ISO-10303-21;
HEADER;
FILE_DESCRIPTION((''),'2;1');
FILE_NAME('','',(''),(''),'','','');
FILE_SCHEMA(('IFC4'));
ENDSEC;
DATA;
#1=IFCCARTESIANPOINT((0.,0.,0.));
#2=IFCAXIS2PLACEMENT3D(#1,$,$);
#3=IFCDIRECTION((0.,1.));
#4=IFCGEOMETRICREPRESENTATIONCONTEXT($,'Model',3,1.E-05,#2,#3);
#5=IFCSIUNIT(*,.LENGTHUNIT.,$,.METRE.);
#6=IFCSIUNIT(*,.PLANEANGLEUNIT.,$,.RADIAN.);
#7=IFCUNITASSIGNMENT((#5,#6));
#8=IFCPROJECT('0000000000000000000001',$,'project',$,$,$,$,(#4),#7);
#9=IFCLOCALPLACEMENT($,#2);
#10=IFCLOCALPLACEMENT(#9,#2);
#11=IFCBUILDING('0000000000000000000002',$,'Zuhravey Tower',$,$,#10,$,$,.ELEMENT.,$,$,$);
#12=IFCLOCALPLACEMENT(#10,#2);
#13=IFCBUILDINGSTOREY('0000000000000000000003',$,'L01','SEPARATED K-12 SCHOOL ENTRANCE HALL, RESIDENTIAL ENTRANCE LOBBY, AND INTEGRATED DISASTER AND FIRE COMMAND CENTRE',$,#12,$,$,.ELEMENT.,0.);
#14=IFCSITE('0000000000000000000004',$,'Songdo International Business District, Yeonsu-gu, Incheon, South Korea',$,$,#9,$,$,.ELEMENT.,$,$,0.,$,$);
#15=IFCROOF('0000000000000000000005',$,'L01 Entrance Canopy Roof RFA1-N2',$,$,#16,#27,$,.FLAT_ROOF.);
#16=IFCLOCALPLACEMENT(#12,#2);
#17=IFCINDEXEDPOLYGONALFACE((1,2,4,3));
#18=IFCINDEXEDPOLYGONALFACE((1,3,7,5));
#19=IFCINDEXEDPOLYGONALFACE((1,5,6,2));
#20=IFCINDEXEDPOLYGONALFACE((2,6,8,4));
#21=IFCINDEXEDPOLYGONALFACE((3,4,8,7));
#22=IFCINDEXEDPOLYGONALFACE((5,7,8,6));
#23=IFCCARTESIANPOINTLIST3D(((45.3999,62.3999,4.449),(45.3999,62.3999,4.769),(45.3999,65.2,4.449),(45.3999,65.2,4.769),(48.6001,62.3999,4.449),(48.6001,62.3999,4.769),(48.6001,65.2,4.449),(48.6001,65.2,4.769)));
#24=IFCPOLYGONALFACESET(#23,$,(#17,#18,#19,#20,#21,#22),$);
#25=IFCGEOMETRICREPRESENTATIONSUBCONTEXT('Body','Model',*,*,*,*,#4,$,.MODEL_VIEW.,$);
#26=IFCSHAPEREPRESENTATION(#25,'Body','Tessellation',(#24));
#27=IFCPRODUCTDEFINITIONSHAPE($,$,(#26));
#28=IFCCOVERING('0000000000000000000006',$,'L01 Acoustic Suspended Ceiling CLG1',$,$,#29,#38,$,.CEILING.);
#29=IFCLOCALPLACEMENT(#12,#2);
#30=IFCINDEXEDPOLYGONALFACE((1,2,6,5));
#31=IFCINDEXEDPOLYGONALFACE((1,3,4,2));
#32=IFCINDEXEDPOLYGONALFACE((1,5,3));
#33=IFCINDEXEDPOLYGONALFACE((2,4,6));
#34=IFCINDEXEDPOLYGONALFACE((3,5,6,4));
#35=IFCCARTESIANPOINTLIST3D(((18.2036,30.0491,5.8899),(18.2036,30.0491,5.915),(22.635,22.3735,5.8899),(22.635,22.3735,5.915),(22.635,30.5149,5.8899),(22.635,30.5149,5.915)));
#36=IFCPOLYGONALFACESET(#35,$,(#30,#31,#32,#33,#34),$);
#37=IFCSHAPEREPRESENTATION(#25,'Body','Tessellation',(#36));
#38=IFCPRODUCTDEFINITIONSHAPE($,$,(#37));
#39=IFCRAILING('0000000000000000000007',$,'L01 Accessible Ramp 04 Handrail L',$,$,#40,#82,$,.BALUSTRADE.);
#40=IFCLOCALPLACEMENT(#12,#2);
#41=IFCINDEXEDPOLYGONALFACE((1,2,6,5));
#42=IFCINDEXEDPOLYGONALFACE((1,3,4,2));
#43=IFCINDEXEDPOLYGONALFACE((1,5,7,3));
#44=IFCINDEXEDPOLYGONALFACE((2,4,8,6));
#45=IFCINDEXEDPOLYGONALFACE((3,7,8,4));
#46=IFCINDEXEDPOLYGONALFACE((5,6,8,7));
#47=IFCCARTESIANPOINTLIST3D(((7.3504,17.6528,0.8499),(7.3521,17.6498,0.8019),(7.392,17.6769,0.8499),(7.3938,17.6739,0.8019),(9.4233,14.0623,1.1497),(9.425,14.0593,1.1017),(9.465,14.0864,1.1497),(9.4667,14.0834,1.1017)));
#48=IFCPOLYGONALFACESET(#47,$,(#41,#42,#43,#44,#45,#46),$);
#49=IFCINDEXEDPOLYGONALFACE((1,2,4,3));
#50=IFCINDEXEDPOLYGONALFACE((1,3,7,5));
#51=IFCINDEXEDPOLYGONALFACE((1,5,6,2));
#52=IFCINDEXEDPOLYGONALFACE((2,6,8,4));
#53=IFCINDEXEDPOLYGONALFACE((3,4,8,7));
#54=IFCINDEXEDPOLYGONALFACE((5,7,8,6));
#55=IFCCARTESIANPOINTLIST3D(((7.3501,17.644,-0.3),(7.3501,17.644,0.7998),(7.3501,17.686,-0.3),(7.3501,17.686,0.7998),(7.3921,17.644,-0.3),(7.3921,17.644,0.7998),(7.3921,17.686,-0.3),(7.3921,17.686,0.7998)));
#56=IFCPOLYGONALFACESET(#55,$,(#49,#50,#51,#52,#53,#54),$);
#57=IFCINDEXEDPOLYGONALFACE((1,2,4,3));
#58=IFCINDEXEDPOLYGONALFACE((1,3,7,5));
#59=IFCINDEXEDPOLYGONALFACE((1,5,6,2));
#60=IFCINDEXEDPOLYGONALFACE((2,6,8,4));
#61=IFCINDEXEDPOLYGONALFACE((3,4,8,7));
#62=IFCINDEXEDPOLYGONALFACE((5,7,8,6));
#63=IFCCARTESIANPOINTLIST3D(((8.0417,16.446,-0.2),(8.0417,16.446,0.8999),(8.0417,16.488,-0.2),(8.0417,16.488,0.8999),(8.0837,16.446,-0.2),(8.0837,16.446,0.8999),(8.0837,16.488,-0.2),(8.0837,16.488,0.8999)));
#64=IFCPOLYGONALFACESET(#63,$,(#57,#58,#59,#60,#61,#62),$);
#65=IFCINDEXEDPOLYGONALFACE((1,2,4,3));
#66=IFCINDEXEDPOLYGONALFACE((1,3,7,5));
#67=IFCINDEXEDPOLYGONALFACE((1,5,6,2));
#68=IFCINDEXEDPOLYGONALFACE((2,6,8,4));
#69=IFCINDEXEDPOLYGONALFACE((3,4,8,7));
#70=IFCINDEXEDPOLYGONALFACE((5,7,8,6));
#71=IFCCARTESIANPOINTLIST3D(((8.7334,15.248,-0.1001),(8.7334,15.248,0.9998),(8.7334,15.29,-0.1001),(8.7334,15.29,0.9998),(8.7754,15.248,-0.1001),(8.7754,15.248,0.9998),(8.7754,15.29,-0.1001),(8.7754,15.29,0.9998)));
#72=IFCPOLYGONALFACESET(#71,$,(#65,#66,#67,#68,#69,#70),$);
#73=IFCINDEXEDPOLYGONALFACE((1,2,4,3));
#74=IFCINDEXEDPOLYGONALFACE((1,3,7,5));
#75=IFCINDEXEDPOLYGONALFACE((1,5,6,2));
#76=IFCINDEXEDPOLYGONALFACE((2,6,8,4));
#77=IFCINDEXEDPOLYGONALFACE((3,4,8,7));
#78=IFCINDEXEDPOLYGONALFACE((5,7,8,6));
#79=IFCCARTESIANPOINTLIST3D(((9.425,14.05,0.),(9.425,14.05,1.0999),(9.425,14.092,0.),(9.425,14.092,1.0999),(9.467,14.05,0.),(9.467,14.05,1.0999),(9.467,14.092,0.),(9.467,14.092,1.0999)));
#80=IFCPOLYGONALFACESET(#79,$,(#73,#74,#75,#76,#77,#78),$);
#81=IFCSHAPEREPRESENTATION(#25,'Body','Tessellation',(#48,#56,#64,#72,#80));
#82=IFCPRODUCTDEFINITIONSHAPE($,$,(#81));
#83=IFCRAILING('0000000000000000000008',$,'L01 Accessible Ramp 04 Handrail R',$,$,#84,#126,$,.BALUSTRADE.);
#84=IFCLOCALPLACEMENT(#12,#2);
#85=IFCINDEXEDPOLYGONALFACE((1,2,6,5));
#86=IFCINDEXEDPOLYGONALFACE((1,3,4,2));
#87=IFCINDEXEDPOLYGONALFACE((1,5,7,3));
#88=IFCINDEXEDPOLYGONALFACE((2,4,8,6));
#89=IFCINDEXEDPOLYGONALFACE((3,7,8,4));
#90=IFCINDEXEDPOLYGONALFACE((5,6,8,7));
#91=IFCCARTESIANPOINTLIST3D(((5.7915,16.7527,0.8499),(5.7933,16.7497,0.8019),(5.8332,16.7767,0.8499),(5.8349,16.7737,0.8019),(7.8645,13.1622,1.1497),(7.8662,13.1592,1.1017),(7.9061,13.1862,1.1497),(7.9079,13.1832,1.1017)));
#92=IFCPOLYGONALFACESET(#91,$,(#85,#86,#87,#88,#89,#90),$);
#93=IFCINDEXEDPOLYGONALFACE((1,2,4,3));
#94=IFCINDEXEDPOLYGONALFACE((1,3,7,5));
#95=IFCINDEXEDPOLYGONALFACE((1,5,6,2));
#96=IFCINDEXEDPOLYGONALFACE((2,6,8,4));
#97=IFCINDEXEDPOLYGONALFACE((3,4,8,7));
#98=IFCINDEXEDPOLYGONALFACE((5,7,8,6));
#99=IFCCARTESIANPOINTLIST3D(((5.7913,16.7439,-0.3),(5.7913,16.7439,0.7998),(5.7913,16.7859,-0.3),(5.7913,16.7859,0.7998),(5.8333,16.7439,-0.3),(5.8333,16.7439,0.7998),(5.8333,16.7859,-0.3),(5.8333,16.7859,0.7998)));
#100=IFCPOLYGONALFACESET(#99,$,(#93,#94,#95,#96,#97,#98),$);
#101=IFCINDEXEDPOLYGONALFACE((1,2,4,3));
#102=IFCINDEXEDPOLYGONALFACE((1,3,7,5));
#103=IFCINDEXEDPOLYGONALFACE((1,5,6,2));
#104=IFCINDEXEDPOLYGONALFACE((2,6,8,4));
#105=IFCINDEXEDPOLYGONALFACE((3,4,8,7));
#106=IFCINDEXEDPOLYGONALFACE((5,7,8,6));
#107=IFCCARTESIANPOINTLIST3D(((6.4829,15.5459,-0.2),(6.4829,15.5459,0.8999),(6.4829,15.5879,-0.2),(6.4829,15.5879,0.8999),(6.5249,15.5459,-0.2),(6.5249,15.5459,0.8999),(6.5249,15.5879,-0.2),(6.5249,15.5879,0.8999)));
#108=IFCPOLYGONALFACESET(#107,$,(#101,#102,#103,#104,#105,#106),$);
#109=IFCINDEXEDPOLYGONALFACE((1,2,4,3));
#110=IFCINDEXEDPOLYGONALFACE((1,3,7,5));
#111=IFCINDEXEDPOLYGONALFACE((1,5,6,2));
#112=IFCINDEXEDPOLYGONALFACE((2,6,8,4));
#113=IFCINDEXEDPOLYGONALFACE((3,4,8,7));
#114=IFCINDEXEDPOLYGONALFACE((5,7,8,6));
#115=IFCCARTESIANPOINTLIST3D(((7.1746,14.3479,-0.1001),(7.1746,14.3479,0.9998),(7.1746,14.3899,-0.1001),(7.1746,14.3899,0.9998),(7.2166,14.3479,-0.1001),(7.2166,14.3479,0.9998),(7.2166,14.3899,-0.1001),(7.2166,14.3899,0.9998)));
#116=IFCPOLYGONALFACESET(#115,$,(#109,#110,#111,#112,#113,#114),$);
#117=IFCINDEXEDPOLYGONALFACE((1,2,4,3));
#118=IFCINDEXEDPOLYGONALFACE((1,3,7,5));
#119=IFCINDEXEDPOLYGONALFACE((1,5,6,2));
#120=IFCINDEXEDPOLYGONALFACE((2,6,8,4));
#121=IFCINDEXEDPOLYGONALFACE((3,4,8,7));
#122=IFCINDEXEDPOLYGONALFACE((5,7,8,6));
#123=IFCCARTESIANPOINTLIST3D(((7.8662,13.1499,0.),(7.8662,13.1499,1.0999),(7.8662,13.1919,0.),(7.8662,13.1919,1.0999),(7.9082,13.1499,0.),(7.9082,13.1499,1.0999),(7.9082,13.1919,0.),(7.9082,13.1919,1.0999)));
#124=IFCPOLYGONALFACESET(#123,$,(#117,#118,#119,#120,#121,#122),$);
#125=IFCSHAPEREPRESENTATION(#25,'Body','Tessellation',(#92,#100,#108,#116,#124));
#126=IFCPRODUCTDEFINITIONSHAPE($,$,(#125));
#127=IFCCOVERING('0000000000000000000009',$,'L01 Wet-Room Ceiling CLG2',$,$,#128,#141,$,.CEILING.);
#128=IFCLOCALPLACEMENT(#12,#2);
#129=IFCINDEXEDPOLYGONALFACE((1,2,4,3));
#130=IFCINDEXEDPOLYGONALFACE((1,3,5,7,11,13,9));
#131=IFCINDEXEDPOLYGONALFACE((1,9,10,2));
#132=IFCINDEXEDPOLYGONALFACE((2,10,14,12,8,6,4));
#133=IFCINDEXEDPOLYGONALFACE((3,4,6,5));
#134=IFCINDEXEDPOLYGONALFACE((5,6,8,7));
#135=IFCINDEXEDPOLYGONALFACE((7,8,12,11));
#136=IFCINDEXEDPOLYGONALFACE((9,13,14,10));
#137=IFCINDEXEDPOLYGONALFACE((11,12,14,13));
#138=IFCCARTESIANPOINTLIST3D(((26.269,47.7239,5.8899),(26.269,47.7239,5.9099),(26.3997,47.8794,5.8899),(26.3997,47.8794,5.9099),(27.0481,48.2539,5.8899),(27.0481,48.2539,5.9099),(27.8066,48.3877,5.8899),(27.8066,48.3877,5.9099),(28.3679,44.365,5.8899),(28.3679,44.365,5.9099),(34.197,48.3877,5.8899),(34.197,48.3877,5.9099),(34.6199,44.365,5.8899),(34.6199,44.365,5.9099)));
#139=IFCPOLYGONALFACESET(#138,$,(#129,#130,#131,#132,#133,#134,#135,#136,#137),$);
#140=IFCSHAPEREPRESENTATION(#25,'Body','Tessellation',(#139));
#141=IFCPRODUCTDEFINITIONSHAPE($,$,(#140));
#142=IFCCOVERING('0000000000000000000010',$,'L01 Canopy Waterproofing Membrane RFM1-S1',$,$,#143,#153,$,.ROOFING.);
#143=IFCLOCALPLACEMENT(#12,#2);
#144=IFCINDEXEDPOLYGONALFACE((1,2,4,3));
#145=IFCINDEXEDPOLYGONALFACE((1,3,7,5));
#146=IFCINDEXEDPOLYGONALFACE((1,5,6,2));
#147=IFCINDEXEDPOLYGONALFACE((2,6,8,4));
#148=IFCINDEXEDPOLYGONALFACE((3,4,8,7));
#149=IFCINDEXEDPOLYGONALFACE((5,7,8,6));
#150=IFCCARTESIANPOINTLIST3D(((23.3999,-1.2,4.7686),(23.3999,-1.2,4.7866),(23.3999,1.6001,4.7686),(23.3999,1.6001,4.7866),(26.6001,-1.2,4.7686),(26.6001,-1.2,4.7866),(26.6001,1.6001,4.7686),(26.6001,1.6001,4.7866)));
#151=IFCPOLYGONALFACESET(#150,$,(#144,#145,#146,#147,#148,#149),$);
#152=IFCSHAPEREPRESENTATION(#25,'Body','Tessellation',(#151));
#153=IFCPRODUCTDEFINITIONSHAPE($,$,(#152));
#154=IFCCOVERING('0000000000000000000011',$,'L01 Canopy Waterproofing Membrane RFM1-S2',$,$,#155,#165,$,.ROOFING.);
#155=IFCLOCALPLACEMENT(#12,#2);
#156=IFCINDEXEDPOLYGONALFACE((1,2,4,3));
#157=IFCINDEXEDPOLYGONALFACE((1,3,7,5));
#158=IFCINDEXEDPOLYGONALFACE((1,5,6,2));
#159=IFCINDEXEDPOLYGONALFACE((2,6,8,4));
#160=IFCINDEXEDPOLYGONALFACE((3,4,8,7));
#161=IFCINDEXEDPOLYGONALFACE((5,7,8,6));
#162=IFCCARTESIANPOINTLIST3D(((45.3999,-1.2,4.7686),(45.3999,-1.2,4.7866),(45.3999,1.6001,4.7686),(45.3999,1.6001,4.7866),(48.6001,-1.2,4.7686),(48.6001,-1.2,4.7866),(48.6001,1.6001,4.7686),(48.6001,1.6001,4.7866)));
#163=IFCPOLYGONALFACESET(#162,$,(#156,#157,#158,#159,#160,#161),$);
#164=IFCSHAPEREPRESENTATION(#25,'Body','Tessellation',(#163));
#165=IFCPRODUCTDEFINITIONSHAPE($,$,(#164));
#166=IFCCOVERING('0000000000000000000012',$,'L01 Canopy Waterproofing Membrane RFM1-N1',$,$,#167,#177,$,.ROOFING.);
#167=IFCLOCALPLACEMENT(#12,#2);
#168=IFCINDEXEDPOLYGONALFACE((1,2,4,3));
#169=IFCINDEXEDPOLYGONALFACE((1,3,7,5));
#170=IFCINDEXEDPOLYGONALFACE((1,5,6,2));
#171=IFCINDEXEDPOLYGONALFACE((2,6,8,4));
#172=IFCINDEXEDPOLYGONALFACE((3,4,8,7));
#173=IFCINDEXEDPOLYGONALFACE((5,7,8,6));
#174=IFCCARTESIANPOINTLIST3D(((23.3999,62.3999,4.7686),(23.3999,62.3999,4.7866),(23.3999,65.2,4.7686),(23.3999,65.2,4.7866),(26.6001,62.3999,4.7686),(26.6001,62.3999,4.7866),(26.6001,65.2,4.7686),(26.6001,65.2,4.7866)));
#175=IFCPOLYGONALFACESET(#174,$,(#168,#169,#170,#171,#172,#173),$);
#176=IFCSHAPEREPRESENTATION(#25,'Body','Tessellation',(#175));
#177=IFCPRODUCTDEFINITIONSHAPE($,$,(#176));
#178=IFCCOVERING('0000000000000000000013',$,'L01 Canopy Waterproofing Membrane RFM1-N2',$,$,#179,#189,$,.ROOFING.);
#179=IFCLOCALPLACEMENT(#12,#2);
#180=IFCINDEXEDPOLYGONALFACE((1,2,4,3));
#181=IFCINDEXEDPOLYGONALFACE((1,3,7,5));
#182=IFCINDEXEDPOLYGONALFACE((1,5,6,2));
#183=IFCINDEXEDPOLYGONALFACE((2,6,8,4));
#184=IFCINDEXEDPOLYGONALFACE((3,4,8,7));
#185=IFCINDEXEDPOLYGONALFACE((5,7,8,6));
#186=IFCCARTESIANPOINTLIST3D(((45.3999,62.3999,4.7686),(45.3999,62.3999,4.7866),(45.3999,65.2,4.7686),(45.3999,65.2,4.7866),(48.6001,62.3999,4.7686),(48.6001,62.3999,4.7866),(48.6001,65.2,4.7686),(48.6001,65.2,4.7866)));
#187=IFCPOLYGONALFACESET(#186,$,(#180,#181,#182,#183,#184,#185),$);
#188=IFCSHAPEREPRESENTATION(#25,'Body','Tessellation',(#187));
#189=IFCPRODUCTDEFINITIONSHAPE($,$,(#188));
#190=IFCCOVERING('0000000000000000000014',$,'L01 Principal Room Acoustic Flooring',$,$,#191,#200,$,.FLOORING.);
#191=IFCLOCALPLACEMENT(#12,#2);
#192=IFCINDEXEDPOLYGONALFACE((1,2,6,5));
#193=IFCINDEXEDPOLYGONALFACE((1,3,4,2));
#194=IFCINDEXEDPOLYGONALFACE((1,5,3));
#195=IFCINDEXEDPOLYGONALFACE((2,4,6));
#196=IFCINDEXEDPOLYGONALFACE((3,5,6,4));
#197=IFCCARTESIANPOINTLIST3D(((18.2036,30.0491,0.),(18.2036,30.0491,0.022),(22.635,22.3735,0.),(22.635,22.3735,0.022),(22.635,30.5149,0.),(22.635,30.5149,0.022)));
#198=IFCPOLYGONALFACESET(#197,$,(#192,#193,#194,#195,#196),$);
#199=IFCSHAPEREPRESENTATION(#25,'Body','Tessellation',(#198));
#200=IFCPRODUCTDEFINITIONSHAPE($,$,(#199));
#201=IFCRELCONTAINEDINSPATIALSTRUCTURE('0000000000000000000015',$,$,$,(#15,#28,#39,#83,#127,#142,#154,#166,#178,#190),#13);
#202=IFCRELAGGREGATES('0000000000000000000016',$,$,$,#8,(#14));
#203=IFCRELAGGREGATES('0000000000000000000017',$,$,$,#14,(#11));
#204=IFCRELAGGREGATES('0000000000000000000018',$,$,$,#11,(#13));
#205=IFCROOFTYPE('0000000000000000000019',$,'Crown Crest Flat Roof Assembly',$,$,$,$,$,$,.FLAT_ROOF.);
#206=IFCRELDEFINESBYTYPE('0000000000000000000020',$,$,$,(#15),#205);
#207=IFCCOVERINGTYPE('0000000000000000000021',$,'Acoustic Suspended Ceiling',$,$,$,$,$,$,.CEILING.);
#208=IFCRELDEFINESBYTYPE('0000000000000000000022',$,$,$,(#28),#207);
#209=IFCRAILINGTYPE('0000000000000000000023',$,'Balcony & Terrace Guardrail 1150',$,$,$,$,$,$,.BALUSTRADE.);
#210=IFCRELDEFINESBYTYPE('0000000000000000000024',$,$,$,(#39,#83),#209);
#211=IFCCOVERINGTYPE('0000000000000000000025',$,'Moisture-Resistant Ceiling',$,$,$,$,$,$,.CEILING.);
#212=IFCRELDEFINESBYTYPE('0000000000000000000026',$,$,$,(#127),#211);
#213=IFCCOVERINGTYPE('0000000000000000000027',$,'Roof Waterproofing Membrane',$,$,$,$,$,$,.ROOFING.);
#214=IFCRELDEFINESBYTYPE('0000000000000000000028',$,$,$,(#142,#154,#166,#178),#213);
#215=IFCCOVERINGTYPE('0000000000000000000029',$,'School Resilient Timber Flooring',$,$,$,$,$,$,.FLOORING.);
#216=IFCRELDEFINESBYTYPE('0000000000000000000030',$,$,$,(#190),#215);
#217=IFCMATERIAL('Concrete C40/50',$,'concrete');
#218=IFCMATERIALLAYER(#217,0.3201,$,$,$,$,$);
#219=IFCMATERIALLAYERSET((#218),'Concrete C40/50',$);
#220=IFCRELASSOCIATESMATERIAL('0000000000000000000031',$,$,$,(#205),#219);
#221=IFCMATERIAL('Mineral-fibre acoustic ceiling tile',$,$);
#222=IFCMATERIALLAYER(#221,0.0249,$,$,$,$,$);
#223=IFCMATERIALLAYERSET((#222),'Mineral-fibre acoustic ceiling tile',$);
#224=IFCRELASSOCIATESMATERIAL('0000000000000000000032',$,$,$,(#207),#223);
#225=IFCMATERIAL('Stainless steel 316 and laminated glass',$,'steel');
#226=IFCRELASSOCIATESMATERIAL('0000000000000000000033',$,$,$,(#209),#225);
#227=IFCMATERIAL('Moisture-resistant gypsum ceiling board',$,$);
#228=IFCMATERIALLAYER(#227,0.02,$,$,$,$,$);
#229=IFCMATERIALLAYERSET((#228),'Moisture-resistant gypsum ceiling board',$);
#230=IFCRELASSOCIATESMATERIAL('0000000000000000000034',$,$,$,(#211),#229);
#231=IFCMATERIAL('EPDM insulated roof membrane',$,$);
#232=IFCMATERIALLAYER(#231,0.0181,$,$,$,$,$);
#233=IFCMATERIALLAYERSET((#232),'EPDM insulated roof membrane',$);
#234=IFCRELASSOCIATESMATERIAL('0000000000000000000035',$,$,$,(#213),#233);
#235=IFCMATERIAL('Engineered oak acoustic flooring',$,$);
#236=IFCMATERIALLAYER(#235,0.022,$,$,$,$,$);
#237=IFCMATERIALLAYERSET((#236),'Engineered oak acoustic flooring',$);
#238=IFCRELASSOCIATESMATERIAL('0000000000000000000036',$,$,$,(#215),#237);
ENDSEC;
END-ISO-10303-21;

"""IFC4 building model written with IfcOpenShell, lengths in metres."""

from ifc_helpers import new_model, si_unit, direction, frame, origin, origin_2d, place, context, subcontext, project, spatial, polyline, rectangle, outline, extrude, material, layer, layer_set, type_object, element, save


model = new_model("IFC4")

# Units and contexts
model_context = context("Model", 3, precision=1e-05, world=origin(), true_north=direction((0.0, 1.0)))
body_context = subcontext(model_context, "Body", "Model", "MODEL_VIEW")
ifc_project = project(units=[si_unit("LENGTHUNIT", "METRE"), si_unit("PLANEANGLEUNIT", "RADIAN")], contexts=[model_context])

# Site, building, storey
site_placement = place(None, origin())
site = spatial("IfcSite", under=ifc_project, at=site_placement, Name="Songdo International Business District, Yeonsu-gu, Incheon, South Korea", CompositionType="ELEMENT", RefElevation=0.0)
building_placement = place(site_placement, origin())
building = spatial("IfcBuilding", under=site, at=building_placement, Name="Zuhravey Tower", CompositionType="ELEMENT")
storey_placement = place(building_placement, origin())
storey = spatial("IfcBuildingStorey", under=building, at=storey_placement, Name="L01", Description="SEPARATED K-12 SCHOOL ENTRANCE HALL, RESIDENTIAL ENTRANCE LOBBY, AND INTEGRATED DISASTER AND FIRE COMMAND CENTRE", CompositionType="ELEMENT", Elevation=0.0)

# Shared definitions
ifc_material_1 = material(Name="Concrete C40/50", Category="concrete")

# Roof
ifc_layer_1 = layer(ifc_material_1, 0.3201)
ifc_layer_set_1 = layer_set([ifc_layer_1], Name="Concrete C40/50")
roof_type = type_object("IfcRoofType", Name="Crown Crest Flat Roof Assembly", PredefinedType="FLAT_ROOF", material=ifc_layer_set_1)
roof_1_placement = place(storey_placement, frame((0.0, 0.0, 4.449)))
element("IfcRoof", 1, at=roof_1_placement, inside=storey, type_object=roof_type, Name="L01 Entrance Canopy Roof RFA1-N2", PredefinedType="FLAT_ROOF", context=body_context, shape_type="SweptSolid", body=[
    extrude(outline(polyline([(45.3999, 62.3999), (48.6001, 62.3999), (48.6001, 65.2), (45.3999, 65.2), (45.3999, 62.3999)])), origin(), (0.0, 0.0, 1.0), 0.3201),
])

# Covering
ifc_material_2 = material(Name="Mineral-fibre acoustic ceiling tile")
ifc_layer_2 = layer(ifc_material_2, 0.0249)
ifc_layer_set_2 = layer_set([ifc_layer_2], Name="Mineral-fibre acoustic ceiling tile")
covering_type_1 = type_object("IfcCoveringType", Name="Acoustic Suspended Ceiling", PredefinedType="CEILING", material=ifc_layer_set_2)
covering_1_placement = place(storey_placement, frame((0.0, 0.0, 5.8899)))
element("IfcCovering", 2, at=covering_1_placement, inside=storey, type_object=covering_type_1, Name="L01 Acoustic Suspended Ceiling CLG1", PredefinedType="CEILING", context=body_context, shape_type="SweptSolid", body=[
    extrude(outline(polyline([(22.635, 22.3735), (18.2036, 30.0491), (22.635, 30.5149), (22.635, 22.3735)])), origin(), (0.0, 0.0, 1.0), 0.0251),
])

# Railings
ifc_material_3 = material(Name="Stainless steel 316 and laminated glass", Category="steel")
railing_type = type_object("IfcRailingType", Name="Balcony & Terrace Guardrail 1150", PredefinedType="BALUSTRADE", material=ifc_material_3)
for number, where, name in (
    (3, (7.3711, 17.665, -0.3), "L01 Accessible Ramp 04 Handrail L"),
    (4, (5.8123, 16.7649, -0.3), "L01 Accessible Ramp 04 Handrail R"),
):
    element("IfcRailing", number, at=place(storey_placement, frame(where)), inside=storey, type_object=railing_type, Name=name, PredefinedType="BALUSTRADE", context=body_context, shape_type="SweptSolid", body=[
        extrude(rectangle(XDim=0.0481, YDim=0.0481, at=origin_2d()), frame((0.001, -0.0017, 1.126), z_axis=(0.498691, -0.863775, 0.072113), x_axis=(0.86603, 0.499992, 0.0)), (0.0, 0.0, 1.0), 4.1567),
        extrude(rectangle(XDim=0.042, YDim=0.042, at=origin_2d()), origin(), (0.0, 0.0, 1.0), 1.0999),
        extrude(rectangle(XDim=0.042, YDim=0.042, at=origin_2d()), frame((0.6917, -1.198, 0.1001)), (0.0, 0.0, 1.0), 1.0999),
        extrude(rectangle(XDim=0.042, YDim=0.042, at=origin_2d()), frame((1.3833, -2.396, 0.2)), (0.0, 0.0, 1.0), 1.0999),
        extrude(rectangle(XDim=0.042, YDim=0.042, at=origin_2d()), frame((2.075, -3.594, 0.3)), (0.0, 0.0, 1.0), 1.0999),
    ])

# Coverings
ifc_material_4 = material(Name="Moisture-resistant gypsum ceiling board")
ifc_layer_3 = layer(ifc_material_4, 0.02)
ifc_layer_set_3 = layer_set([ifc_layer_3], Name="Moisture-resistant gypsum ceiling board")
covering_type_2 = type_object("IfcCoveringType", Name="Moisture-Resistant Ceiling", PredefinedType="CEILING", material=ifc_layer_set_3)
covering_2_placement = place(storey_placement, frame((0.0, 0.0, 5.8899)))
element("IfcCovering", 5, at=covering_2_placement, inside=storey, type_object=covering_type_2, Name="L01 Wet-Room Ceiling CLG2", PredefinedType="CEILING", context=body_context, shape_type="SweptSolid", body=[
    extrude(outline(polyline([(26.3997, 47.8794), (27.0481, 48.2539), (27.8066, 48.3877), (34.197, 48.3877), (34.6199, 44.365), (28.3679, 44.365), (26.269, 47.7239), (26.3997, 47.8794)])), origin(), (0.0, 0.0, 1.0), 0.02),
])
ifc_material_5 = material(Name="EPDM insulated roof membrane")
ifc_layer_4 = layer(ifc_material_5, 0.0181)
ifc_layer_set_4 = layer_set([ifc_layer_4], Name="EPDM insulated roof membrane")
covering_type_3 = type_object("IfcCoveringType", Name="Roof Waterproofing Membrane", PredefinedType="ROOFING", material=ifc_layer_set_4)
covering_3_placement = place(storey_placement, frame((0.0, 0.0, 4.7686)))
element("IfcCovering", 6, at=covering_3_placement, inside=storey, type_object=covering_type_3, Name="L01 Canopy Waterproofing Membrane RFM1-S1", PredefinedType="ROOFING", context=body_context, shape_type="SweptSolid", body=[
    extrude(outline(polyline([(23.3999, -1.2), (26.6001, -1.2), (26.6001, 1.6001), (23.3999, 1.6001), (23.3999, -1.2)])), origin(), (0.0, 0.0, 1.0), 0.0181),
])
covering_4_placement = place(storey_placement, frame((0.0, 0.0, 4.7686)))
element("IfcCovering", 7, at=covering_4_placement, inside=storey, type_object=covering_type_3, Name="L01 Canopy Waterproofing Membrane RFM1-S2", PredefinedType="ROOFING", context=body_context, shape_type="SweptSolid", body=[
    extrude(outline(polyline([(45.3999, -1.2), (48.6001, -1.2), (48.6001, 1.6001), (45.3999, 1.6001), (45.3999, -1.2)])), origin(), (0.0, 0.0, 1.0), 0.0181),
])
covering_5_placement = place(storey_placement, frame((0.0, 0.0, 4.7686)))
element("IfcCovering", 8, at=covering_5_placement, inside=storey, type_object=covering_type_3, Name="L01 Canopy Waterproofing Membrane RFM1-N1", PredefinedType="ROOFING", context=body_context, shape_type="SweptSolid", body=[
    extrude(outline(polyline([(23.3999, 62.3999), (26.6001, 62.3999), (26.6001, 65.2), (23.3999, 65.2), (23.3999, 62.3999)])), origin(), (0.0, 0.0, 1.0), 0.0181),
])
covering_6_placement = place(storey_placement, frame((0.0, 0.0, 4.7686)))
element("IfcCovering", 9, at=covering_6_placement, inside=storey, type_object=covering_type_3, Name="L01 Canopy Waterproofing Membrane RFM1-N2", PredefinedType="ROOFING", context=body_context, shape_type="SweptSolid", body=[
    extrude(outline(polyline([(45.3999, 62.3999), (48.6001, 62.3999), (48.6001, 65.2), (45.3999, 65.2), (45.3999, 62.3999)])), origin(), (0.0, 0.0, 1.0), 0.0181),
])
ifc_material_6 = material(Name="Engineered oak acoustic flooring")
ifc_layer_5 = layer(ifc_material_6, 0.022)
ifc_layer_set_5 = layer_set([ifc_layer_5], Name="Engineered oak acoustic flooring")
covering_type_4 = type_object("IfcCoveringType", Name="School Resilient Timber Flooring", PredefinedType="FLOORING", material=ifc_layer_set_5)
covering_7_placement = place(storey_placement, origin())
element("IfcCovering", 10, at=covering_7_placement, inside=storey, type_object=covering_type_4, Name="L01 Principal Room Acoustic Flooring", PredefinedType="FLOORING", context=body_context, shape_type="SweptSolid", body=[
    extrude(outline(polyline([(22.635, 22.3735), (18.2036, 30.0491), (22.635, 30.5149), (22.635, 22.3735)])), origin(), (0.0, 0.0, 1.0), 0.022),
])

save(model, "model.ifc")
